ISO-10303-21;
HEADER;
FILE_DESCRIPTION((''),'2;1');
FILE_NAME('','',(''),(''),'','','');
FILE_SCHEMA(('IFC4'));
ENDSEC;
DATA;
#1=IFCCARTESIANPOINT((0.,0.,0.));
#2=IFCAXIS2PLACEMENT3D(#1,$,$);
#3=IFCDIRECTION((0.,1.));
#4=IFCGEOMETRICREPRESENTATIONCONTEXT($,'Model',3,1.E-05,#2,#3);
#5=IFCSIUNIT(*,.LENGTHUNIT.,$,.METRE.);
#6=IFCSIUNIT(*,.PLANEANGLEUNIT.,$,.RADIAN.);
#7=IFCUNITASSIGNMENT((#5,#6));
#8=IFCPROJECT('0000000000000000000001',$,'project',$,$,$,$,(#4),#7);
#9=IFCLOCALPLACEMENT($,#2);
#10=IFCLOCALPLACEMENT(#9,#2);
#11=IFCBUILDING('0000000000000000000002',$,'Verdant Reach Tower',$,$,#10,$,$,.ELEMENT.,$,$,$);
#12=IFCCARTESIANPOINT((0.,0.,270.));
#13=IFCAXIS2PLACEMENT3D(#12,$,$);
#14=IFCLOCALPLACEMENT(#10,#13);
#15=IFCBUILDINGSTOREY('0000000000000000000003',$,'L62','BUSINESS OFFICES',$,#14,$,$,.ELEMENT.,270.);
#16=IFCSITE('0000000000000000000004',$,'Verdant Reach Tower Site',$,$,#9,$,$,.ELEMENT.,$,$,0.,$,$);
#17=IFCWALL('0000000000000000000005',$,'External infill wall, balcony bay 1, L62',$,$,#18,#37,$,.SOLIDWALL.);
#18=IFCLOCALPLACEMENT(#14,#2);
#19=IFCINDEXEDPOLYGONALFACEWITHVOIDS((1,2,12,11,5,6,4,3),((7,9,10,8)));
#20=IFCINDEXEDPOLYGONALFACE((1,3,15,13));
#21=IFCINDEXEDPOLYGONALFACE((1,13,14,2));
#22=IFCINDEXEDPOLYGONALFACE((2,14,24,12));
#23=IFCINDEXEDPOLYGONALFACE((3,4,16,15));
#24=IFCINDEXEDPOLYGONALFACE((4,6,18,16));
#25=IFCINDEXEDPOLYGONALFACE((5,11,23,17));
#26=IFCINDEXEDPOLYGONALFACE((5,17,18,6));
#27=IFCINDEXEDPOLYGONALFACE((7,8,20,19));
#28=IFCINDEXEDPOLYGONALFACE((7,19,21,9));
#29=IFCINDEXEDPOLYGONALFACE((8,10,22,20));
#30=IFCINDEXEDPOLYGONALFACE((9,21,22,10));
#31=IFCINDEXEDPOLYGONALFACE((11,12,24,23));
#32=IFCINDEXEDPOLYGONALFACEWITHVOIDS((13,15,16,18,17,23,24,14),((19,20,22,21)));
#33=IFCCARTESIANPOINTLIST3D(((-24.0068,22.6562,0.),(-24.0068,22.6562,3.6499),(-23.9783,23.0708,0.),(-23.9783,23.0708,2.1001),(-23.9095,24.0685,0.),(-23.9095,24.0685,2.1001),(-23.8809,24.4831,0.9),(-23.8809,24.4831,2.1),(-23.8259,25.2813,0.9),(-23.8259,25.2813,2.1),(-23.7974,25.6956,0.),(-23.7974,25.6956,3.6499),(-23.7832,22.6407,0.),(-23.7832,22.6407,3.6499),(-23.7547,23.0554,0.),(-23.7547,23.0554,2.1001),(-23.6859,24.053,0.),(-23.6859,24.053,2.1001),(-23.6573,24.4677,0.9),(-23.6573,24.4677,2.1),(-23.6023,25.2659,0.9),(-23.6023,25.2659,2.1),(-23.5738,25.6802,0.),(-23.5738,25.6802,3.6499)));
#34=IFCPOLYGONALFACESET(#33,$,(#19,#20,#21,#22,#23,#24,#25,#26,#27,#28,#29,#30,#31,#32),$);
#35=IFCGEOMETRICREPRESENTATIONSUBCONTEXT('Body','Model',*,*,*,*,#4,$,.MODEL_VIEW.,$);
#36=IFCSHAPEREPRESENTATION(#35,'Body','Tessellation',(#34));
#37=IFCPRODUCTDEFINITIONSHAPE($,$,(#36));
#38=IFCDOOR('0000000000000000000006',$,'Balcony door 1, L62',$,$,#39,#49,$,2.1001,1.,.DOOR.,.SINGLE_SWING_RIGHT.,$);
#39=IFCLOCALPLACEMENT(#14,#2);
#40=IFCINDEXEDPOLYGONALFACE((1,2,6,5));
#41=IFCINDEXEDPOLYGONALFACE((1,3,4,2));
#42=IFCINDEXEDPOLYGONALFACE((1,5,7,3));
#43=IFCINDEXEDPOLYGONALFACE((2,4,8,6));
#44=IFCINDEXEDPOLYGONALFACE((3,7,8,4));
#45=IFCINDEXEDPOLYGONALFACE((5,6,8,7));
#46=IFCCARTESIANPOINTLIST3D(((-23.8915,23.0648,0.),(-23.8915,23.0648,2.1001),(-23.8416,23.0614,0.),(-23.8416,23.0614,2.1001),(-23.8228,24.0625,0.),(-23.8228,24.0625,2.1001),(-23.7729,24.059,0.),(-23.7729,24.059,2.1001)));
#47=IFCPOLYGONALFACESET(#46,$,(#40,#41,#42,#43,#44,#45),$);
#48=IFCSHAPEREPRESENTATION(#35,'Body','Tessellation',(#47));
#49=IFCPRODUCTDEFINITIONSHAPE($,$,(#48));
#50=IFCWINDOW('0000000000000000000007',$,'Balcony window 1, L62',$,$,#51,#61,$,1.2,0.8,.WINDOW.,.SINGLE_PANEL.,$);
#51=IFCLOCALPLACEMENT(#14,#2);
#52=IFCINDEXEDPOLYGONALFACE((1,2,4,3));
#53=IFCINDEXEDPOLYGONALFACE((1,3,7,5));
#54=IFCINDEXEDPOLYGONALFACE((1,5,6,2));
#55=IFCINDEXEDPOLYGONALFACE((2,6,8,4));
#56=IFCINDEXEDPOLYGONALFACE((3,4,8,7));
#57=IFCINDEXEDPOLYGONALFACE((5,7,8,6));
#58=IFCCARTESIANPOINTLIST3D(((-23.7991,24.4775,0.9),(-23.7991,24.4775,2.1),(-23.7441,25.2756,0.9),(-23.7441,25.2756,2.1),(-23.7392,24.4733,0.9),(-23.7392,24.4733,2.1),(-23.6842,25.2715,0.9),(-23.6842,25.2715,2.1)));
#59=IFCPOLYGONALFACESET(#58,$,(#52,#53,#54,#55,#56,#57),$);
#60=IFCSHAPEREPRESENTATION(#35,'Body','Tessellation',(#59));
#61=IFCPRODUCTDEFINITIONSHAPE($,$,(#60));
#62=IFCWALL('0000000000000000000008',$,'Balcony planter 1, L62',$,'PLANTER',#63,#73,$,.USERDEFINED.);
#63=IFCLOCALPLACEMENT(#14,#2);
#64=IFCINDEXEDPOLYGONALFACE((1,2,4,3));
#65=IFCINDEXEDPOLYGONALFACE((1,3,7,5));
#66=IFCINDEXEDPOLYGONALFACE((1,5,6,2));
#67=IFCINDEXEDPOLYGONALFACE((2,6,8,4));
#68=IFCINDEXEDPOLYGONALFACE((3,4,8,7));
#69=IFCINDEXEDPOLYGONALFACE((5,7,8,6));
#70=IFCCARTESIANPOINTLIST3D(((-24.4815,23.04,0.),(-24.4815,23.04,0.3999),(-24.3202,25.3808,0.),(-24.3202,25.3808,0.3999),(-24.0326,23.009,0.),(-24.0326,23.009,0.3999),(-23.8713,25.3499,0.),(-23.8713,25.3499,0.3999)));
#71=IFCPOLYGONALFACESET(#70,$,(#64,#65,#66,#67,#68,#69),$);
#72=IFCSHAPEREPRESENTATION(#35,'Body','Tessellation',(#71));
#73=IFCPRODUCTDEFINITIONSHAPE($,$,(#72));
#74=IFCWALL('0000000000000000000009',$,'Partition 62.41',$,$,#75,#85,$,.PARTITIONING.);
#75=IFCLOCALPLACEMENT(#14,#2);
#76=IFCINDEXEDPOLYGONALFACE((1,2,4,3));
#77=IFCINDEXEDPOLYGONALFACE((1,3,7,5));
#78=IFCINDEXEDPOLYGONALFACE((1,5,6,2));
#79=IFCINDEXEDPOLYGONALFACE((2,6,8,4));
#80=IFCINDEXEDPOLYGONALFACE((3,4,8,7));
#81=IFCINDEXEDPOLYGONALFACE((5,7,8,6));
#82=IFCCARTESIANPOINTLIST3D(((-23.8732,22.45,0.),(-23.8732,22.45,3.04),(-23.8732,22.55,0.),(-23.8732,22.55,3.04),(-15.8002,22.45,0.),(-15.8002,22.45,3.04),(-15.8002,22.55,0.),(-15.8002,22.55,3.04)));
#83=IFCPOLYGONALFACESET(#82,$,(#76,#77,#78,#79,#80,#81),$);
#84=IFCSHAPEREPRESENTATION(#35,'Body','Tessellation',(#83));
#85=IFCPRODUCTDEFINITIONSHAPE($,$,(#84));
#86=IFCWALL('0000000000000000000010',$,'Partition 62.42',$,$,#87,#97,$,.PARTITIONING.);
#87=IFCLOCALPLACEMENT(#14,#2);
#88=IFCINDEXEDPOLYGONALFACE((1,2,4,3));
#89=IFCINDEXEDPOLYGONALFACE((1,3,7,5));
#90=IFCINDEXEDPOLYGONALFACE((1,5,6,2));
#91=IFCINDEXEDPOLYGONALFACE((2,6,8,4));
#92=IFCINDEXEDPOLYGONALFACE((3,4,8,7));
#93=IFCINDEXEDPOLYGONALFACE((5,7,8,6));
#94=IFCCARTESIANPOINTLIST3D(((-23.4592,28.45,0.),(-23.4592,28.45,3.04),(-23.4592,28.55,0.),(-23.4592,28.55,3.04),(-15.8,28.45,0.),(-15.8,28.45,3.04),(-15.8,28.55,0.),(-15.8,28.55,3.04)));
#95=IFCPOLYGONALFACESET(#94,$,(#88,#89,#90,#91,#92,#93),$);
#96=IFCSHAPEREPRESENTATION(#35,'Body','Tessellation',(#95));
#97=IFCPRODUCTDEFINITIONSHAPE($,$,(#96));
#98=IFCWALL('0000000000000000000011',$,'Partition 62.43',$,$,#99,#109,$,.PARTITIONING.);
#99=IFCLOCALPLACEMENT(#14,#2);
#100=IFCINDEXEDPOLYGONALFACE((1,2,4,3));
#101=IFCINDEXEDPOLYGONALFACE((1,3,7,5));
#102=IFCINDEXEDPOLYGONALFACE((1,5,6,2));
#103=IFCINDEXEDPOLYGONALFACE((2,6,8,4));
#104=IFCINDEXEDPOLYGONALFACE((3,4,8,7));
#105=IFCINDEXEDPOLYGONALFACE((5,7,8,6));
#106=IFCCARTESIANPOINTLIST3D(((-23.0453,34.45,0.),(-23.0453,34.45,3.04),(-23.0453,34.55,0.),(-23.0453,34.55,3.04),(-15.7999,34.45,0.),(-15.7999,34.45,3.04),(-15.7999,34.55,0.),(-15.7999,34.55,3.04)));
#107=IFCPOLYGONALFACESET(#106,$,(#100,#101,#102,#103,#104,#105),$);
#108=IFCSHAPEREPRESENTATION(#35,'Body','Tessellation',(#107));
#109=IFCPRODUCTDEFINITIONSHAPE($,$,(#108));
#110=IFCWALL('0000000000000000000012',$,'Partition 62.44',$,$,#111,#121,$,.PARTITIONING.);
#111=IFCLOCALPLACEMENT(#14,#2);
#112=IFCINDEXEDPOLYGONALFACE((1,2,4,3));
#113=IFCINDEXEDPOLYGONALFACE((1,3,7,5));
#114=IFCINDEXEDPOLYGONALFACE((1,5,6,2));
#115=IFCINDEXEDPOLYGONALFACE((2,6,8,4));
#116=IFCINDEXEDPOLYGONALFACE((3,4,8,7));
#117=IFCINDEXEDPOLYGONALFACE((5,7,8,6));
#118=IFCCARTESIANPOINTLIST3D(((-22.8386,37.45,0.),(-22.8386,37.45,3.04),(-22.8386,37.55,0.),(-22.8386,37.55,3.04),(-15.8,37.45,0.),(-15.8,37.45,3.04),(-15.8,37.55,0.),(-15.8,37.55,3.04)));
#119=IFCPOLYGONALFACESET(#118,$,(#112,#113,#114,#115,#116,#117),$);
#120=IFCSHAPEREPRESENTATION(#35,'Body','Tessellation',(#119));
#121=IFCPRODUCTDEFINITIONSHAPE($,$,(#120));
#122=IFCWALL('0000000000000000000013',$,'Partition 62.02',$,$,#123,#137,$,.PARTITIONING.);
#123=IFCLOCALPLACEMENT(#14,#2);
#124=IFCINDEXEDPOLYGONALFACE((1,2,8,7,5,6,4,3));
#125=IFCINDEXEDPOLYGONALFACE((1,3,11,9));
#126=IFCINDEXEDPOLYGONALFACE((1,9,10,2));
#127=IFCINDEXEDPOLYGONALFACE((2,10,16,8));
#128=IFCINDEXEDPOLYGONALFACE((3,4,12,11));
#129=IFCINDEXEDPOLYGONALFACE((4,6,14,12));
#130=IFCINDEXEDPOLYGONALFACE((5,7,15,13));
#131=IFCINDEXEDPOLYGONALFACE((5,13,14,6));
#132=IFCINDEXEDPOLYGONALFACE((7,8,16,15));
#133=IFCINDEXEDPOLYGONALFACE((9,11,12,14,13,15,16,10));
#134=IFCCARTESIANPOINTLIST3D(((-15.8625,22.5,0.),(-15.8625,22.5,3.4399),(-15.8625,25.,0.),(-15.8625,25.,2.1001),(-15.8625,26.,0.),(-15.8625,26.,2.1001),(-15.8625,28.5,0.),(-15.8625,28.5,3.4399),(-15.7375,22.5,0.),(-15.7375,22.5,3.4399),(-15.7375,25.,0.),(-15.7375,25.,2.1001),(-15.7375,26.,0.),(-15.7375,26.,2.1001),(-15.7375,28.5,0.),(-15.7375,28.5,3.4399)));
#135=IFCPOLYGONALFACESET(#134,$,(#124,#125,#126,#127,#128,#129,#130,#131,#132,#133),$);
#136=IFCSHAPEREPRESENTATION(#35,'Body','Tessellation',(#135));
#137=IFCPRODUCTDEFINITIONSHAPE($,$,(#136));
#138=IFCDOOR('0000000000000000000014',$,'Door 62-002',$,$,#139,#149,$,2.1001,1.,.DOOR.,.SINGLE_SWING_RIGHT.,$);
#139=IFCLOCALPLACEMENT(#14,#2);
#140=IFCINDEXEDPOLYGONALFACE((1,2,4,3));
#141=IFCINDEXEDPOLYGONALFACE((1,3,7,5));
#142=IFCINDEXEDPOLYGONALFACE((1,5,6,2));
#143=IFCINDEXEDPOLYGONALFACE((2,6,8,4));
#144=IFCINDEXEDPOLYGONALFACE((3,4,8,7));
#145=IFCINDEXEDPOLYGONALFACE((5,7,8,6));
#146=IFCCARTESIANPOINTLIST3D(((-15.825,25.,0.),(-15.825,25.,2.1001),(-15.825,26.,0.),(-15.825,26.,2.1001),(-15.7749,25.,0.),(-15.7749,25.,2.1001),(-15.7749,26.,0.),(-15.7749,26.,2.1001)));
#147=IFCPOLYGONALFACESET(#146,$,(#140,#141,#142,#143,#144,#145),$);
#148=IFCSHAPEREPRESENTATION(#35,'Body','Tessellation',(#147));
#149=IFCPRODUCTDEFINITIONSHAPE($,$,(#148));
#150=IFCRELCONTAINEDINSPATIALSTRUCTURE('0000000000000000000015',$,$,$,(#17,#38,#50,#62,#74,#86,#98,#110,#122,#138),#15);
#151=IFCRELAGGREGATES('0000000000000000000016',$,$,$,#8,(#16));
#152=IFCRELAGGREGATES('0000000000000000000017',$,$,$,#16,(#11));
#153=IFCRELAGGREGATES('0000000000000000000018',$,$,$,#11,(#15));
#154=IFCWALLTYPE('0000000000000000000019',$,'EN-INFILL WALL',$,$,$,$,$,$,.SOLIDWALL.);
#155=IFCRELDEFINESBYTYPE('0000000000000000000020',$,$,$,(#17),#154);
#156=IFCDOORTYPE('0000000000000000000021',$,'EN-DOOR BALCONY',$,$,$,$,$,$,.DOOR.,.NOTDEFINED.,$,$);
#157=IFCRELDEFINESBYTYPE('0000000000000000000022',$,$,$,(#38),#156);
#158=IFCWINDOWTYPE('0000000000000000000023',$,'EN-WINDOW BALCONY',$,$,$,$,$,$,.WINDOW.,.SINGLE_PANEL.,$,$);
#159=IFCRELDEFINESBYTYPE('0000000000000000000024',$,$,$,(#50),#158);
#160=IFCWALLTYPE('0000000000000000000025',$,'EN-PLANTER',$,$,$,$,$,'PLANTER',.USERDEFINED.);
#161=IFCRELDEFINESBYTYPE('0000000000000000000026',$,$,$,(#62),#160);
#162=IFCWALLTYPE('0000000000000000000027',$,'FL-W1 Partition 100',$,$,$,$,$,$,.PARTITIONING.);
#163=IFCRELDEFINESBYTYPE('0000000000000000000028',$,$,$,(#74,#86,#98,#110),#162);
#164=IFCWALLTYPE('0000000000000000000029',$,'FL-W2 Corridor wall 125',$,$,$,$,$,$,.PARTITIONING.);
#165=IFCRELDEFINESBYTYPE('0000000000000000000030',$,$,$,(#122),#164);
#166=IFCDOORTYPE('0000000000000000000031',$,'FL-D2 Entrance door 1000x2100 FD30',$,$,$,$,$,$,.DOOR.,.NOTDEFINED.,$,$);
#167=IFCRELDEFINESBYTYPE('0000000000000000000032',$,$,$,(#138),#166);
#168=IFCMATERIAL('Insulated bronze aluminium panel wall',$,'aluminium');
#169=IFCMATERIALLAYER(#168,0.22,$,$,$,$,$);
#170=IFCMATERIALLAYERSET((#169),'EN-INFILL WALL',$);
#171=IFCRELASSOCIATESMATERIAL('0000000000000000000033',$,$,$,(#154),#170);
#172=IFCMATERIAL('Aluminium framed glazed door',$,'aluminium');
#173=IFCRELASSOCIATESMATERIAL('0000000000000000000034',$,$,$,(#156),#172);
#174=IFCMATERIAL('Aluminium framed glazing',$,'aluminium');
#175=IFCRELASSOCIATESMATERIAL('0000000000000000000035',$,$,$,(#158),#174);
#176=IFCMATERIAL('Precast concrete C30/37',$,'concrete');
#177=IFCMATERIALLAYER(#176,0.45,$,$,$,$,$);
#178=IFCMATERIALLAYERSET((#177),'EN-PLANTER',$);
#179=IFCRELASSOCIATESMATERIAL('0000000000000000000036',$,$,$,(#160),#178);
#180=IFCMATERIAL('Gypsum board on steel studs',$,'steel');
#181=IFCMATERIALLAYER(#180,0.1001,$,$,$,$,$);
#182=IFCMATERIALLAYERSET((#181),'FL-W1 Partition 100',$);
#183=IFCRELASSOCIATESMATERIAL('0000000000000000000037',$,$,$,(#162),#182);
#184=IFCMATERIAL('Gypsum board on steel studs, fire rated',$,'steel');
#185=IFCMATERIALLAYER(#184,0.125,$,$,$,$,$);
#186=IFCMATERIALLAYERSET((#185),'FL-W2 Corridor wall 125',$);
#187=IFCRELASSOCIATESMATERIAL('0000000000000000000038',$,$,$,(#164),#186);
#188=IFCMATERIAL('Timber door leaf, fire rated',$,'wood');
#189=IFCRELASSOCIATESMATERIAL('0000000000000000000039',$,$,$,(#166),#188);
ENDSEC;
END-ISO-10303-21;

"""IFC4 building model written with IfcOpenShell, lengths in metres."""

from ifc_helpers import new_model, si_unit, direction, frame, frame_2d, origin, place, context, subcontext, project, spatial, rectangle, extrude, material, layer, layer_set, type_object, element, fill, save


model = new_model("IFC4")

# Units and contexts
model_context = context("Model", 3, precision=1e-05, world=origin(), true_north=direction((0.0, 1.0)))
body_context = subcontext(model_context, "Body", "Model", "MODEL_VIEW")
ifc_project = project(units=[si_unit("LENGTHUNIT", "METRE"), si_unit("PLANEANGLEUNIT", "RADIAN")], contexts=[model_context])

# Site, building, storey
site_placement = place(None, origin())
site = spatial("IfcSite", under=ifc_project, at=site_placement, Name="Verdant Reach Tower Site", CompositionType="ELEMENT", RefElevation=0.0)
building_placement = place(site_placement, origin())
building = spatial("IfcBuilding", under=site, at=building_placement, Name="Verdant Reach Tower", CompositionType="ELEMENT")
storey_placement = place(building_placement, frame((0.0, 0.0, 270.0)))
storey = spatial("IfcBuildingStorey", under=building, at=storey_placement, Name="L62", Description="BUSINESS OFFICES", CompositionType="ELEMENT", Elevation=270.0)

# Wall, openings, door, window
ifc_material_1 = material(Name="Insulated bronze aluminium panel wall", Category="aluminium")
ifc_layer_1 = layer(ifc_material_1, 0.22)
ifc_layer_set_1 = layer_set([ifc_layer_1], Name="EN-INFILL WALL")
wall_type_1 = type_object("IfcWallType", Name="EN-INFILL WALL", PredefinedType="SOLIDWALL", material=ifc_layer_set_1)
wall_1_placement = place(storey_placement, frame((-23.6855, 25.688, 0.0), z_axis=(0.0, 0.0, 1.0), x_axis=(-0.068758, -0.997633, 0.0)))
wall_1 = element("IfcWall", 1, at=wall_1_placement, inside=storey, type_object=wall_type_1, Name="External infill wall, balcony bay 1, L62", PredefinedType="SOLIDWALL", context=body_context, shape_type="SweptSolid", body=[
    extrude(rectangle(XDim=3.0466, YDim=0.2241, at=frame_2d((1.5234, 0.0))), origin(), (0.0, 0.0, 1.0), 3.6499),
])
opening_1_placement = place(wall_1_placement, frame((1.6311, 0.0, 0.0)))
opening_1 = element("IfcOpeningElement", 2, at=opening_1_placement, cuts=wall_1, PredefinedType="OPENING", context=body_context, shape_type="SweptSolid", body=[
    extrude(rectangle(XDim=1.0, YDim=2.1001, at=frame_2d((0.5, 1.05))), frame((0.0, 0.1221, 0.0), z_axis=(0.0, -1.0, 0.0), x_axis=(1.0, 0.0, 0.0)), (0.0, 0.0, 1.0), 0.2441),
])
opening_2_placement = place(wall_1_placement, frame((0.4155, 0.0, 0.8999)))
opening_2 = element("IfcOpeningElement", 3, at=opening_2_placement, cuts=wall_1, PredefinedType="OPENING", context=body_context, shape_type="SweptSolid", body=[
    extrude(rectangle(XDim=0.8, YDim=1.2, at=frame_2d((0.3999, 0.6001))), frame((0.0, 0.1221, 0.0), z_axis=(0.0, -1.0, 0.0), x_axis=(1.0, 0.0, 0.0)), (0.0, 0.0, 1.0), 0.2441),
])
ifc_material_2 = material(Name="Aluminium framed glazed door", Category="aluminium")
door_type_1 = type_object("IfcDoorType", Name="EN-DOOR BALCONY", OperationType="NOTDEFINED", PredefinedType="DOOR", material=ifc_material_2)
door_1_placement = place(opening_1_placement, origin())
door_1 = element("IfcDoor", 4, at=door_1_placement, inside=storey, type_object=door_type_1, Name="Balcony door 1, L62", OperationType="SINGLE_SWING_RIGHT", OverallHeight=2.1001, OverallWidth=1.0, PredefinedType="DOOR", context=body_context, shape_type="SweptSolid", body=[
    extrude(rectangle(XDim=1.0, YDim=2.1001, at=frame_2d((0.5, 1.05))), frame((0.0, 0.0249, 0.0), z_axis=(0.0, -1.0, 0.0), x_axis=(1.0, 0.0, 0.0)), (0.0, 0.0, 1.0), 0.05),
])
fill(opening_1, door_1)
ifc_material_3 = material(Name="Aluminium framed glazing", Category="aluminium")
window_type = type_object("IfcWindowType", Name="EN-WINDOW BALCONY", PartitioningType="SINGLE_PANEL", PredefinedType="WINDOW", material=ifc_material_3)
window_placement = place(opening_2_placement, origin())
window = element("IfcWindow", 5, at=window_placement, inside=storey, type_object=window_type, Name="Balcony window 1, L62", OverallHeight=1.2, OverallWidth=0.8, PartitioningType="SINGLE_PANEL", PredefinedType="WINDOW", context=body_context, shape_type="SweptSolid", body=[
    extrude(rectangle(XDim=0.8, YDim=1.2, at=frame_2d((0.3999, 0.6001))), frame((0.0, 0.03, 0.0), z_axis=(0.0, -1.0, 0.0), x_axis=(1.0, 0.0, 0.0)), (0.0, 0.0, 1.0), 0.0601),
])
fill(opening_2, window)

# Walls
ifc_material_4 = material(Name="Precast concrete C30/37", Category="concrete")
ifc_layer_2 = layer(ifc_material_4, 0.45)
ifc_layer_set_2 = layer_set([ifc_layer_2], Name="EN-PLANTER")
wall_type_2 = type_object("IfcWallType", Name="EN-PLANTER", ElementType="PLANTER", PredefinedType="USERDEFINED", material=ifc_layer_set_2)
wall_2_placement = place(storey_placement, frame((-24.0957, 25.3655, 0.0), z_axis=(0.0, 0.0, 1.0), x_axis=(-0.068777, -0.997632, 0.0)))
element("IfcWall", 6, at=wall_2_placement, inside=storey, type_object=wall_type_2, Name="Balcony planter 1, L62", ObjectType="PLANTER", PredefinedType="USERDEFINED", context=body_context, shape_type="SweptSolid", body=[
    extrude(rectangle(XDim=2.3464, YDim=0.45, at=frame_2d((1.1733, 0.0))), origin(), (0.0, 0.0, 1.0), 0.3999),
])
ifc_material_5 = material(Name="Gypsum board on steel studs", Category="steel")
ifc_layer_3 = layer(ifc_material_5, 0.1001)
ifc_layer_set_3 = layer_set([ifc_layer_3], Name="FL-W1 Partition 100")
wall_type_3 = type_object("IfcWallType", Name="FL-W1 Partition 100", PredefinedType="PARTITIONING", material=ifc_layer_set_3)
wall_3_placement = place(storey_placement, frame((-15.8, 22.5, 0.0), z_axis=(0.0, 0.0, 1.0), x_axis=(-1.0, 0.0, 0.0)))
element("IfcWall", 7, at=wall_3_placement, inside=storey, type_object=wall_type_3, Name="Partition 62.41", PredefinedType="PARTITIONING", context=body_context, shape_type="SweptSolid", body=[
    extrude(rectangle(XDim=8.073, YDim=0.1001, at=frame_2d((4.0366, 0.0))), origin(), (0.0, 0.0, 1.0), 3.04),
])
wall_4_placement = place(storey_placement, frame((-15.8, 28.5, 0.0), z_axis=(0.0, 0.0, 1.0), x_axis=(-1.0, 0.0, 0.0)))
element("IfcWall", 8, at=wall_4_placement, inside=storey, type_object=wall_type_3, Name="Partition 62.42", PredefinedType="PARTITIONING", context=body_context, shape_type="SweptSolid", body=[
    extrude(rectangle(XDim=7.6592, YDim=0.1001, at=frame_2d((3.8296, 0.0))), origin(), (0.0, 0.0, 1.0), 3.04),
])
wall_5_placement = place(storey_placement, frame((-15.8, 34.5, 0.0), z_axis=(0.0, 0.0, 1.0), x_axis=(-1.0, 0.0, 0.0)))
element("IfcWall", 9, at=wall_5_placement, inside=storey, type_object=wall_type_3, Name="Partition 62.43", PredefinedType="PARTITIONING", context=body_context, shape_type="SweptSolid", body=[
    extrude(rectangle(XDim=7.2454, YDim=0.1001, at=frame_2d((3.6226, 0.0))), origin(), (0.0, 0.0, 1.0), 3.04),
])
wall_6_placement = place(storey_placement, frame((-15.8, 37.5, 0.0), z_axis=(0.0, 0.0, 1.0), x_axis=(-1.0, 0.0, 0.0)))
element("IfcWall", 10, at=wall_6_placement, inside=storey, type_object=wall_type_3, Name="Partition 62.44", PredefinedType="PARTITIONING", context=body_context, shape_type="SweptSolid", body=[
    extrude(rectangle(XDim=7.0386, YDim=0.1001, at=frame_2d((3.5193, 0.0))), origin(), (0.0, 0.0, 1.0), 3.04),
])

# Wall, opening, door
ifc_material_6 = material(Name="Gypsum board on steel studs, fire rated", Category="steel")
ifc_layer_4 = layer(ifc_material_6, 0.125)
ifc_layer_set_4 = layer_set([ifc_layer_4], Name="FL-W2 Corridor wall 125")
wall_type_4 = type_object("IfcWallType", Name="FL-W2 Corridor wall 125", PredefinedType="PARTITIONING", material=ifc_layer_set_4)
wall_7_placement = place(storey_placement, frame((-15.8, 22.5, 0.0), z_axis=(0.0, 0.0, 1.0), x_axis=(0.0, 1.0, 0.0)))
wall_7 = element("IfcWall", 11, at=wall_7_placement, inside=storey, type_object=wall_type_4, Name="Partition 62.02", PredefinedType="PARTITIONING", context=body_context, shape_type="SweptSolid", body=[
    extrude(rectangle(XDim=6.0, YDim=0.125, at=frame_2d((3.0, 0.0))), origin(), (0.0, 0.0, 1.0), 3.4399),
])
opening_3_placement = place(wall_7_placement, frame((2.5, 0.0, 0.0)))
opening_3 = element("IfcOpeningElement", 12, at=opening_3_placement, cuts=wall_7, PredefinedType="OPENING", context=body_context, shape_type="SweptSolid", body=[
    extrude(rectangle(XDim=1.0, YDim=2.1001, at=frame_2d((0.5, 1.05))), frame((0.0, 0.0725, 0.0), z_axis=(0.0, -1.0, 0.0), x_axis=(1.0, 0.0, 0.0)), (0.0, 0.0, 1.0), 0.145),
])
ifc_material_7 = material(Name="Timber door leaf, fire rated", Category="wood")
door_type_2 = type_object("IfcDoorType", Name="FL-D2 Entrance door 1000x2100 FD30", OperationType="NOTDEFINED", PredefinedType="DOOR", material=ifc_material_7)
door_2_placement = place(opening_3_placement, origin())
door_2 = element("IfcDoor", 13, at=door_2_placement, inside=storey, type_object=door_type_2, Name="Door 62-002", OperationType="SINGLE_SWING_RIGHT", OverallHeight=2.1001, OverallWidth=1.0, PredefinedType="DOOR", context=body_context, shape_type="SweptSolid", body=[
    extrude(rectangle(XDim=1.0, YDim=2.1001, at=frame_2d((0.5, 1.05))), frame((0.0, 0.0249, 0.0), z_axis=(0.0, -1.0, 0.0), x_axis=(1.0, 0.0, 0.0)), (0.0, 0.0, 1.0), 0.05),
])
fill(opening_3, door_2)

save(model, "model.ifc")
